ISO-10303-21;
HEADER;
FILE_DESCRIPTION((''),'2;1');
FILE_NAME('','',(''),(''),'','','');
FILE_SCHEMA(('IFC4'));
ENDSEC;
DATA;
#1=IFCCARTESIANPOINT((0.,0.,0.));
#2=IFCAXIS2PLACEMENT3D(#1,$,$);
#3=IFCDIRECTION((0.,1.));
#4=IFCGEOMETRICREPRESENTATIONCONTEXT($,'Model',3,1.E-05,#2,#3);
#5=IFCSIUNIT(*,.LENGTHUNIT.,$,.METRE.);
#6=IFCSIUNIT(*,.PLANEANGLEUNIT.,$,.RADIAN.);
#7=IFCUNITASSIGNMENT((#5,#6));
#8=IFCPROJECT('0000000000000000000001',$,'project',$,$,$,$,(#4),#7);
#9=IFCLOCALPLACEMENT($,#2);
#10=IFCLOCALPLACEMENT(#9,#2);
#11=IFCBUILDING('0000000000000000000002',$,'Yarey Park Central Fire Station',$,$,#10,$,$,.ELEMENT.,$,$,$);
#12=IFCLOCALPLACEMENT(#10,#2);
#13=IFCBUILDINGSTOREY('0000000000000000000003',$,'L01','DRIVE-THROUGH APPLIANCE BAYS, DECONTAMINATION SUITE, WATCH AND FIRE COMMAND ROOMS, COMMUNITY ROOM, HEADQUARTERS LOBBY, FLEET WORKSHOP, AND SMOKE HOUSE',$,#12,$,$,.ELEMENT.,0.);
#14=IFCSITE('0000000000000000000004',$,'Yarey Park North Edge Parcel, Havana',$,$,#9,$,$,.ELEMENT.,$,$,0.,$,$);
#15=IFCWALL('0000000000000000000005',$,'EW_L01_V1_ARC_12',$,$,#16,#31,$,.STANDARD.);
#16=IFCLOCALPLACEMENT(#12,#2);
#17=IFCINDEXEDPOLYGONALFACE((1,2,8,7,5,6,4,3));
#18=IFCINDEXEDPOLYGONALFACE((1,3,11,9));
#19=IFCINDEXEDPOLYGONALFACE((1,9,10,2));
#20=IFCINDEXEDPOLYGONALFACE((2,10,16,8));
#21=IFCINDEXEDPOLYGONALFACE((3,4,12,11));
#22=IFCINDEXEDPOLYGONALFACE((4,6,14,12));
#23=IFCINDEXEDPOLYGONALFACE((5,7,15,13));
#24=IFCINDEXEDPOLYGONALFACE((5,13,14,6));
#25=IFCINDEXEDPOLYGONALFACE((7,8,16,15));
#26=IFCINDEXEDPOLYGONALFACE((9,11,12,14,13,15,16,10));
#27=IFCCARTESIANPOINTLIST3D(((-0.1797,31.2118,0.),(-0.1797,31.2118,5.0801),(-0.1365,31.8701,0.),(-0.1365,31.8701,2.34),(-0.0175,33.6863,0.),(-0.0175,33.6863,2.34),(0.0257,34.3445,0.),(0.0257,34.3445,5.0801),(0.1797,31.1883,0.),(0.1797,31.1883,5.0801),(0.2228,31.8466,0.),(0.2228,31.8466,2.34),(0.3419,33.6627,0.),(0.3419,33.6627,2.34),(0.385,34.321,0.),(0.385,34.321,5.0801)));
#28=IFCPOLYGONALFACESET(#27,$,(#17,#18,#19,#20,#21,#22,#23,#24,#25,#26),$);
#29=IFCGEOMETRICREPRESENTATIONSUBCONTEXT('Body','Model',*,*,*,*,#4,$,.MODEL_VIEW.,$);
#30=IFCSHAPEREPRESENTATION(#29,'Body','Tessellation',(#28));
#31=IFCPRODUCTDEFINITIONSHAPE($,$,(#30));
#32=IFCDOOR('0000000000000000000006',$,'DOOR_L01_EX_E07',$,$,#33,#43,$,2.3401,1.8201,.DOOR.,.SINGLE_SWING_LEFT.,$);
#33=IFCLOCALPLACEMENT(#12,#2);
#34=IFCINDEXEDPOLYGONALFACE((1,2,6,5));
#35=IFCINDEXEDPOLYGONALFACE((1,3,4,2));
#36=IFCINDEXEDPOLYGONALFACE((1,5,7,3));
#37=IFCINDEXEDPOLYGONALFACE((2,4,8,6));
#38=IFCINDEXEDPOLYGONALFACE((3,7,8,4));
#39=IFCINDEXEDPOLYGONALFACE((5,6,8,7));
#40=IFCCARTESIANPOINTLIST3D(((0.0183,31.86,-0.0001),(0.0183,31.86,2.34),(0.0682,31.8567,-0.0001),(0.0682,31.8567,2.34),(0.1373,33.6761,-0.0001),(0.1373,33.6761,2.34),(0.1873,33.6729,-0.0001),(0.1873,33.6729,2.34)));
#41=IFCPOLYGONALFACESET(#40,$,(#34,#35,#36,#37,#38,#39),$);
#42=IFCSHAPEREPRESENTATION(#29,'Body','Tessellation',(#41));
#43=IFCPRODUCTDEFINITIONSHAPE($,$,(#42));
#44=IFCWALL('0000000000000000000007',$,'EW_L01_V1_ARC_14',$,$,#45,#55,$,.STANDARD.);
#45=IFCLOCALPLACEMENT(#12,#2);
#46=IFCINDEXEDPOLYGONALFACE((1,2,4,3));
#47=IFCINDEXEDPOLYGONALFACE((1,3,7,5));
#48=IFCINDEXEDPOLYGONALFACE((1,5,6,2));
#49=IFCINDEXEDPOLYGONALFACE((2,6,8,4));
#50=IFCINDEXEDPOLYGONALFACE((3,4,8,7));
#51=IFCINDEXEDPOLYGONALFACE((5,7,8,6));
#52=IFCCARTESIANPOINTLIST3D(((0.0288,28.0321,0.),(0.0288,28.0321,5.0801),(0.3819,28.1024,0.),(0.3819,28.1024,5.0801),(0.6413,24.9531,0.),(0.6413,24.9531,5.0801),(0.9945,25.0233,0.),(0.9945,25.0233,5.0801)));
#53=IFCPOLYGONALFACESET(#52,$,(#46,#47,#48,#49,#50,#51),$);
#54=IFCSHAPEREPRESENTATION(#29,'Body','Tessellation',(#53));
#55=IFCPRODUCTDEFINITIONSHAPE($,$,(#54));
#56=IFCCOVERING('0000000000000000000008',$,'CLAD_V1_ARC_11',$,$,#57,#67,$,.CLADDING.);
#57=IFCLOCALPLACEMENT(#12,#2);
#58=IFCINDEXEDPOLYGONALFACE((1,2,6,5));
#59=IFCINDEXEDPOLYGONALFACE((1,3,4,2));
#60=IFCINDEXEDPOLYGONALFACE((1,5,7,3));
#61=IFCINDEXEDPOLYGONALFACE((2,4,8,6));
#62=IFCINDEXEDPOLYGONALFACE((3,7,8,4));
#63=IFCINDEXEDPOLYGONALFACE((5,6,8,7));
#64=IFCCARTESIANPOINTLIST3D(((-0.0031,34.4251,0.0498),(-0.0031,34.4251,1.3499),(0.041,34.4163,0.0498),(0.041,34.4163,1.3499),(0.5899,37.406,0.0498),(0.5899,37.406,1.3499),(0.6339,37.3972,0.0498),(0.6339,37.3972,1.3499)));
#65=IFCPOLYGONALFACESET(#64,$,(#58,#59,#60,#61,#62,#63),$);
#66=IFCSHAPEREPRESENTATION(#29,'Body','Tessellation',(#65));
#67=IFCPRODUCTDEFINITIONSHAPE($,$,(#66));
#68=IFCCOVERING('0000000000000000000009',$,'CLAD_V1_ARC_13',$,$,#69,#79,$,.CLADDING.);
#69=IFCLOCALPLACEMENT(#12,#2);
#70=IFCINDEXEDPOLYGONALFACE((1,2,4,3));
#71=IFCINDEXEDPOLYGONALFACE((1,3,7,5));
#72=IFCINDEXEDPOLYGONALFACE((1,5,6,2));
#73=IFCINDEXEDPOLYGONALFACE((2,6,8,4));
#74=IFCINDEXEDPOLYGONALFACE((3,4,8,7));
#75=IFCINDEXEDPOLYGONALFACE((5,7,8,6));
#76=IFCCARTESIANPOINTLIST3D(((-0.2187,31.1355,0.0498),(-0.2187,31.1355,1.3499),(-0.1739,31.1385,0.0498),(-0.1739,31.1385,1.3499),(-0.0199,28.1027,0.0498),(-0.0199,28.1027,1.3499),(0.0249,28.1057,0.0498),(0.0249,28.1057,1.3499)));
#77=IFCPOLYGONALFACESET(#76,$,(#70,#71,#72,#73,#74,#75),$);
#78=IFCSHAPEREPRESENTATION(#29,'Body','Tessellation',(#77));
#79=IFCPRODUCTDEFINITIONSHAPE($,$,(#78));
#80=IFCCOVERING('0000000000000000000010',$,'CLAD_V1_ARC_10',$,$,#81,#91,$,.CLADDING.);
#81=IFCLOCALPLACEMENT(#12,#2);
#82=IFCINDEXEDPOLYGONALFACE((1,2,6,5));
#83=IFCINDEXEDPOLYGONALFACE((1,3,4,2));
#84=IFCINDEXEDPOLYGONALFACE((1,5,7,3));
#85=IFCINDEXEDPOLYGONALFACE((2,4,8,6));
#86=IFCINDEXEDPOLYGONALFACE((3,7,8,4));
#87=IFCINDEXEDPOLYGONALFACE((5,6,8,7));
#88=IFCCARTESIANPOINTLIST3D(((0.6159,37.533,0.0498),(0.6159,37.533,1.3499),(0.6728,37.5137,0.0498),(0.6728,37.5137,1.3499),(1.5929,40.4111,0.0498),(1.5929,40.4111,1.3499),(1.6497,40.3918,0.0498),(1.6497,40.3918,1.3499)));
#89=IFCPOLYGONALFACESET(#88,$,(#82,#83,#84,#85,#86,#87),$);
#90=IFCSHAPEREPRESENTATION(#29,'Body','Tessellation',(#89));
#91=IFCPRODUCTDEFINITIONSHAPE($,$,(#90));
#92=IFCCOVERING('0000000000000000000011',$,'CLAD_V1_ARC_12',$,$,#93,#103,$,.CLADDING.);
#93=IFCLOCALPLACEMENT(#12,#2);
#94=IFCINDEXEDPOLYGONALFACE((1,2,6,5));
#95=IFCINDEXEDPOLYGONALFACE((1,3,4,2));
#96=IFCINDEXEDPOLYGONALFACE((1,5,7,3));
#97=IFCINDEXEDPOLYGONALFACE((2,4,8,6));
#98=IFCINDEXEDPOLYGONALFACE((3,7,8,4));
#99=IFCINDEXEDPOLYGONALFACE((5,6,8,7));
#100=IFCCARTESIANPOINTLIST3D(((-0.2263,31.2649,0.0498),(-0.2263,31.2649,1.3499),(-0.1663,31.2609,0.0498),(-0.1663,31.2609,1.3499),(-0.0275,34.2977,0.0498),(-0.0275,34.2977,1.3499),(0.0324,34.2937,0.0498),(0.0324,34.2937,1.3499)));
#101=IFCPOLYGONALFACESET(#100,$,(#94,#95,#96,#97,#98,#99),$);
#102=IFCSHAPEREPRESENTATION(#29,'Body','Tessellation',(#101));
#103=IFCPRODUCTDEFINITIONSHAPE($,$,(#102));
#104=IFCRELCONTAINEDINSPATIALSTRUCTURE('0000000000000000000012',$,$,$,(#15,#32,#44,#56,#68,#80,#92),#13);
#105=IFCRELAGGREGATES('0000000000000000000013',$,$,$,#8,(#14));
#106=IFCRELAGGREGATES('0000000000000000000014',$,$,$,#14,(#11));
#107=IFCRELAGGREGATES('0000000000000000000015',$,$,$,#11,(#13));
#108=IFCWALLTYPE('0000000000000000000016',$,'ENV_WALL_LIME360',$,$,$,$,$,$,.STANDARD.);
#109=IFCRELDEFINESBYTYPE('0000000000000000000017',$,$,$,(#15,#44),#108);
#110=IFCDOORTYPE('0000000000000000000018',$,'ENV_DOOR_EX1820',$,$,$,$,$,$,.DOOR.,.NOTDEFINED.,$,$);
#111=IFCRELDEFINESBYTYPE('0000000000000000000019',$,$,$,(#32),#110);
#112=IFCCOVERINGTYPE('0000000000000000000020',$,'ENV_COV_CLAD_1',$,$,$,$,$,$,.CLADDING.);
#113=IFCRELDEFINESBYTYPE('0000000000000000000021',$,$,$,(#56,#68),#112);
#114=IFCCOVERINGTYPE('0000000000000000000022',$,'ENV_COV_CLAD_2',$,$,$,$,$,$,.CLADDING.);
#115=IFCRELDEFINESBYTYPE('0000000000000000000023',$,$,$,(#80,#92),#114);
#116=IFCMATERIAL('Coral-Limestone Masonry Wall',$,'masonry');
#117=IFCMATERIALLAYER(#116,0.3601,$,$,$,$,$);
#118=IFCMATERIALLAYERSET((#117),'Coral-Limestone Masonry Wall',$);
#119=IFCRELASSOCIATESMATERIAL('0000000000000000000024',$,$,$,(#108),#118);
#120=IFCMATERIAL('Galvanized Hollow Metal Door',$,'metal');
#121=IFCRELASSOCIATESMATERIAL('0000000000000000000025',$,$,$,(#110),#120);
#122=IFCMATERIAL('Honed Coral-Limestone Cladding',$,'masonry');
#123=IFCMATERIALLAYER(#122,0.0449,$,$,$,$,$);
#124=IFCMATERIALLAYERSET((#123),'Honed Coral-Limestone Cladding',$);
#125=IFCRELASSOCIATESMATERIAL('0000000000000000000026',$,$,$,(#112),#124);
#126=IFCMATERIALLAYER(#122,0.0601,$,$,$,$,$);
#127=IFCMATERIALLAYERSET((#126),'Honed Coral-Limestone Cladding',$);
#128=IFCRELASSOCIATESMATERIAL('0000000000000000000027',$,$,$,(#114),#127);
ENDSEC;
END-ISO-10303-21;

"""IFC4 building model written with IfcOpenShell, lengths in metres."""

from ifc_helpers import new_model, si_unit, direction, frame, frame_2d, origin, origin_2d, place, context, subcontext, project, spatial, rectangle, extrude, material, layer, layer_set, type_object, element, fill, save


model = new_model("IFC4")

# Units and contexts
model_context = context("Model", 3, precision=1e-05, world=origin(), true_north=direction((0.0, 1.0)))
body_context = subcontext(model_context, "Body", "Model", "MODEL_VIEW")
ifc_project = project(units=[si_unit("LENGTHUNIT", "METRE"), si_unit("PLANEANGLEUNIT", "RADIAN")], contexts=[model_context])

# Site, building, storey
site_placement = place(None, origin())
site = spatial("IfcSite", under=ifc_project, at=site_placement, Name="Yarey Park North Edge Parcel, Havana", CompositionType="ELEMENT", RefElevation=0.0)
building_placement = place(site_placement, origin())
building = spatial("IfcBuilding", under=site, at=building_placement, Name="Yarey Park Central Fire Station", CompositionType="ELEMENT")
storey_placement = place(building_placement, origin())
storey = spatial("IfcBuildingStorey", under=building, at=storey_placement, Name="L01", Description="DRIVE-THROUGH APPLIANCE BAYS, DECONTAMINATION SUITE, WATCH AND FIRE COMMAND ROOMS, COMMUNITY ROOM, HEADQUARTERS LOBBY, FLEET WORKSHOP, AND SMOKE HOUSE", CompositionType="ELEMENT", Elevation=0.0)

# Shared definitions
ifc_material_1 = material(Name="Coral-Limestone Masonry Wall", Category="masonry")
ifc_layer_1 = layer(ifc_material_1, 0.3601)
ifc_layer_set_1 = layer_set([ifc_layer_1], Name="Coral-Limestone Masonry Wall")
wall_type = type_object("IfcWallType", Name="ENV_WALL_LIME360", PredefinedType="STANDARD", material=ifc_layer_set_1)

# Wall, opening, door
wall_1_placement = place(storey_placement, frame((0.0, 31.2, 0.0), z_axis=(0.0, 0.0, 1.0), x_axis=(0.065404, 0.997859, 0.0)))
wall_1 = element("IfcWall", 1, at=wall_1_placement, inside=storey, type_object=wall_type, Name="EW_L01_V1_ARC_12", PredefinedType="STANDARD", context=body_context, shape_type="SweptSolid", body=[
    extrude(rectangle(XDim=3.1394, YDim=0.3601, at=frame_2d((1.5698, 0.0))), origin(), (0.0, 0.0, 1.0), 5.0801),
])
opening_1_placement = place(wall_1_placement, frame((0.6597, 0.0, 0.0)))
opening_1 = element("IfcOpeningElement", 2, at=opening_1_placement, cuts=wall_1, PredefinedType="OPENING", context=body_context, shape_type="SweptSolid", body=[
    extrude(rectangle(XDim=1.8201, YDim=2.3401, at=frame_2d((0.9102, 1.1699))), frame((0.0, 0.1899, 0.0), z_axis=(0.0, -1.0, 0.0), x_axis=(1.0, 0.0, 0.0)), (0.0, 0.0, 1.0), 0.3801),
])
ifc_material_2 = material(Name="Galvanized Hollow Metal Door", Category="metal")
door_type = type_object("IfcDoorType", Name="ENV_DOOR_EX1820", OperationType="NOTDEFINED", PredefinedType="DOOR", material=ifc_material_2)
door_placement = place(opening_1_placement, origin())
door = element("IfcDoor", 3, at=door_placement, inside=storey, type_object=door_type, Name="DOOR_L01_EX_E07", OperationType="SINGLE_SWING_LEFT", OverallHeight=2.3401, OverallWidth=1.8201, PredefinedType="DOOR", context=body_context, shape_type="SweptSolid", body=[
    extrude(rectangle(XDim=1.8201, YDim=2.3401, at=frame_2d((0.9102, 1.1699))), frame((0.0, 0.0249, 0.0), z_axis=(0.0, -1.0, 0.0), x_axis=(1.0, 0.0, 0.0)), (0.0, 0.0, 1.0), 0.05),
])
fill(opening_1, door)

# Wall
wall_2_placement = place(storey_placement, frame((0.2053, 28.0674, 0.0), z_axis=(0.0, 0.0, 1.0), x_axis=(0.195114, -0.980781, 0.0)))
element("IfcWall", 4, at=wall_2_placement, inside=storey, type_object=wall_type, Name="EW_L01_V1_ARC_14", PredefinedType="STANDARD", context=body_context, shape_type="SweptSolid", body=[
    extrude(rectangle(XDim=3.1394, YDim=0.3601, at=frame_2d((1.5698, 0.0))), origin(), (0.0, 0.0, 1.0), 5.0801),
])

# Coverings
ifc_material_3 = material(Name="Honed Coral-Limestone Cladding", Category="masonry")
ifc_layer_2 = layer(ifc_material_3, 0.0449)
ifc_layer_set_2 = layer_set([ifc_layer_2], Name="Honed Coral-Limestone Cladding")
covering_type_1 = type_object("IfcCoveringType", Name="ENV_COV_CLAD_1", PredefinedType="CLADDING", material=ifc_layer_set_2)
for number, where, z_axis, x_axis, name in (
    (5, (0.3154, 35.9111, 0.0498), (0.0, 0.0, 1.0), (-0.19509, -0.980785, 0.0), "CLAD_V1_ARC_11"),
    (6, (-0.0969, 29.6206, 0.0498), (0.0, 0.0, 1.0), (0.065403, -0.997859, 0.0), "CLAD_V1_ARC_13"),
):
    element("IfcCovering", number, at=place(storey_placement, frame(where, z_axis=z_axis, x_axis=x_axis)), inside=storey, type_object=covering_type_1, Name=name, PredefinedType="CLADDING", context=body_context, shape_type="SweptSolid", body=[
        extrude(rectangle(XDim=3.0393, YDim=0.0449, at=origin_2d()), origin(), (0.0, 0.0, 1.0), 1.3),
    ])
ifc_layer_3 = layer(ifc_material_3, 0.0601)
ifc_layer_set_3 = layer_set([ifc_layer_3], Name="Honed Coral-Limestone Cladding")
covering_type_2 = type_object("IfcCoveringType", Name="ENV_COV_CLAD_2", PredefinedType="CLADDING", material=ifc_layer_set_3)
for number, where, z_axis, x_axis, name in (
    (7, (1.1328, 38.9624, 0.0498), (0.0, 0.0, 1.0), (-0.321439, -0.94693, 0.0), "CLAD_V1_ARC_10"),
    (8, (-0.0969, 32.7793, 0.0498), (0.0, 0.0, 1.0), (-0.065403, -0.997859, 0.0), "CLAD_V1_ARC_12"),
):
    element("IfcCovering", number, at=place(storey_placement, frame(where, z_axis=z_axis, x_axis=x_axis)), inside=storey, type_object=covering_type_2, Name=name, PredefinedType="CLADDING", context=body_context, shape_type="SweptSolid", body=[
        extrude(rectangle(XDim=3.0393, YDim=0.0601, at=origin_2d()), origin(), (0.0, 0.0, 1.0), 1.3),
    ])

save(model, "model.ifc")
